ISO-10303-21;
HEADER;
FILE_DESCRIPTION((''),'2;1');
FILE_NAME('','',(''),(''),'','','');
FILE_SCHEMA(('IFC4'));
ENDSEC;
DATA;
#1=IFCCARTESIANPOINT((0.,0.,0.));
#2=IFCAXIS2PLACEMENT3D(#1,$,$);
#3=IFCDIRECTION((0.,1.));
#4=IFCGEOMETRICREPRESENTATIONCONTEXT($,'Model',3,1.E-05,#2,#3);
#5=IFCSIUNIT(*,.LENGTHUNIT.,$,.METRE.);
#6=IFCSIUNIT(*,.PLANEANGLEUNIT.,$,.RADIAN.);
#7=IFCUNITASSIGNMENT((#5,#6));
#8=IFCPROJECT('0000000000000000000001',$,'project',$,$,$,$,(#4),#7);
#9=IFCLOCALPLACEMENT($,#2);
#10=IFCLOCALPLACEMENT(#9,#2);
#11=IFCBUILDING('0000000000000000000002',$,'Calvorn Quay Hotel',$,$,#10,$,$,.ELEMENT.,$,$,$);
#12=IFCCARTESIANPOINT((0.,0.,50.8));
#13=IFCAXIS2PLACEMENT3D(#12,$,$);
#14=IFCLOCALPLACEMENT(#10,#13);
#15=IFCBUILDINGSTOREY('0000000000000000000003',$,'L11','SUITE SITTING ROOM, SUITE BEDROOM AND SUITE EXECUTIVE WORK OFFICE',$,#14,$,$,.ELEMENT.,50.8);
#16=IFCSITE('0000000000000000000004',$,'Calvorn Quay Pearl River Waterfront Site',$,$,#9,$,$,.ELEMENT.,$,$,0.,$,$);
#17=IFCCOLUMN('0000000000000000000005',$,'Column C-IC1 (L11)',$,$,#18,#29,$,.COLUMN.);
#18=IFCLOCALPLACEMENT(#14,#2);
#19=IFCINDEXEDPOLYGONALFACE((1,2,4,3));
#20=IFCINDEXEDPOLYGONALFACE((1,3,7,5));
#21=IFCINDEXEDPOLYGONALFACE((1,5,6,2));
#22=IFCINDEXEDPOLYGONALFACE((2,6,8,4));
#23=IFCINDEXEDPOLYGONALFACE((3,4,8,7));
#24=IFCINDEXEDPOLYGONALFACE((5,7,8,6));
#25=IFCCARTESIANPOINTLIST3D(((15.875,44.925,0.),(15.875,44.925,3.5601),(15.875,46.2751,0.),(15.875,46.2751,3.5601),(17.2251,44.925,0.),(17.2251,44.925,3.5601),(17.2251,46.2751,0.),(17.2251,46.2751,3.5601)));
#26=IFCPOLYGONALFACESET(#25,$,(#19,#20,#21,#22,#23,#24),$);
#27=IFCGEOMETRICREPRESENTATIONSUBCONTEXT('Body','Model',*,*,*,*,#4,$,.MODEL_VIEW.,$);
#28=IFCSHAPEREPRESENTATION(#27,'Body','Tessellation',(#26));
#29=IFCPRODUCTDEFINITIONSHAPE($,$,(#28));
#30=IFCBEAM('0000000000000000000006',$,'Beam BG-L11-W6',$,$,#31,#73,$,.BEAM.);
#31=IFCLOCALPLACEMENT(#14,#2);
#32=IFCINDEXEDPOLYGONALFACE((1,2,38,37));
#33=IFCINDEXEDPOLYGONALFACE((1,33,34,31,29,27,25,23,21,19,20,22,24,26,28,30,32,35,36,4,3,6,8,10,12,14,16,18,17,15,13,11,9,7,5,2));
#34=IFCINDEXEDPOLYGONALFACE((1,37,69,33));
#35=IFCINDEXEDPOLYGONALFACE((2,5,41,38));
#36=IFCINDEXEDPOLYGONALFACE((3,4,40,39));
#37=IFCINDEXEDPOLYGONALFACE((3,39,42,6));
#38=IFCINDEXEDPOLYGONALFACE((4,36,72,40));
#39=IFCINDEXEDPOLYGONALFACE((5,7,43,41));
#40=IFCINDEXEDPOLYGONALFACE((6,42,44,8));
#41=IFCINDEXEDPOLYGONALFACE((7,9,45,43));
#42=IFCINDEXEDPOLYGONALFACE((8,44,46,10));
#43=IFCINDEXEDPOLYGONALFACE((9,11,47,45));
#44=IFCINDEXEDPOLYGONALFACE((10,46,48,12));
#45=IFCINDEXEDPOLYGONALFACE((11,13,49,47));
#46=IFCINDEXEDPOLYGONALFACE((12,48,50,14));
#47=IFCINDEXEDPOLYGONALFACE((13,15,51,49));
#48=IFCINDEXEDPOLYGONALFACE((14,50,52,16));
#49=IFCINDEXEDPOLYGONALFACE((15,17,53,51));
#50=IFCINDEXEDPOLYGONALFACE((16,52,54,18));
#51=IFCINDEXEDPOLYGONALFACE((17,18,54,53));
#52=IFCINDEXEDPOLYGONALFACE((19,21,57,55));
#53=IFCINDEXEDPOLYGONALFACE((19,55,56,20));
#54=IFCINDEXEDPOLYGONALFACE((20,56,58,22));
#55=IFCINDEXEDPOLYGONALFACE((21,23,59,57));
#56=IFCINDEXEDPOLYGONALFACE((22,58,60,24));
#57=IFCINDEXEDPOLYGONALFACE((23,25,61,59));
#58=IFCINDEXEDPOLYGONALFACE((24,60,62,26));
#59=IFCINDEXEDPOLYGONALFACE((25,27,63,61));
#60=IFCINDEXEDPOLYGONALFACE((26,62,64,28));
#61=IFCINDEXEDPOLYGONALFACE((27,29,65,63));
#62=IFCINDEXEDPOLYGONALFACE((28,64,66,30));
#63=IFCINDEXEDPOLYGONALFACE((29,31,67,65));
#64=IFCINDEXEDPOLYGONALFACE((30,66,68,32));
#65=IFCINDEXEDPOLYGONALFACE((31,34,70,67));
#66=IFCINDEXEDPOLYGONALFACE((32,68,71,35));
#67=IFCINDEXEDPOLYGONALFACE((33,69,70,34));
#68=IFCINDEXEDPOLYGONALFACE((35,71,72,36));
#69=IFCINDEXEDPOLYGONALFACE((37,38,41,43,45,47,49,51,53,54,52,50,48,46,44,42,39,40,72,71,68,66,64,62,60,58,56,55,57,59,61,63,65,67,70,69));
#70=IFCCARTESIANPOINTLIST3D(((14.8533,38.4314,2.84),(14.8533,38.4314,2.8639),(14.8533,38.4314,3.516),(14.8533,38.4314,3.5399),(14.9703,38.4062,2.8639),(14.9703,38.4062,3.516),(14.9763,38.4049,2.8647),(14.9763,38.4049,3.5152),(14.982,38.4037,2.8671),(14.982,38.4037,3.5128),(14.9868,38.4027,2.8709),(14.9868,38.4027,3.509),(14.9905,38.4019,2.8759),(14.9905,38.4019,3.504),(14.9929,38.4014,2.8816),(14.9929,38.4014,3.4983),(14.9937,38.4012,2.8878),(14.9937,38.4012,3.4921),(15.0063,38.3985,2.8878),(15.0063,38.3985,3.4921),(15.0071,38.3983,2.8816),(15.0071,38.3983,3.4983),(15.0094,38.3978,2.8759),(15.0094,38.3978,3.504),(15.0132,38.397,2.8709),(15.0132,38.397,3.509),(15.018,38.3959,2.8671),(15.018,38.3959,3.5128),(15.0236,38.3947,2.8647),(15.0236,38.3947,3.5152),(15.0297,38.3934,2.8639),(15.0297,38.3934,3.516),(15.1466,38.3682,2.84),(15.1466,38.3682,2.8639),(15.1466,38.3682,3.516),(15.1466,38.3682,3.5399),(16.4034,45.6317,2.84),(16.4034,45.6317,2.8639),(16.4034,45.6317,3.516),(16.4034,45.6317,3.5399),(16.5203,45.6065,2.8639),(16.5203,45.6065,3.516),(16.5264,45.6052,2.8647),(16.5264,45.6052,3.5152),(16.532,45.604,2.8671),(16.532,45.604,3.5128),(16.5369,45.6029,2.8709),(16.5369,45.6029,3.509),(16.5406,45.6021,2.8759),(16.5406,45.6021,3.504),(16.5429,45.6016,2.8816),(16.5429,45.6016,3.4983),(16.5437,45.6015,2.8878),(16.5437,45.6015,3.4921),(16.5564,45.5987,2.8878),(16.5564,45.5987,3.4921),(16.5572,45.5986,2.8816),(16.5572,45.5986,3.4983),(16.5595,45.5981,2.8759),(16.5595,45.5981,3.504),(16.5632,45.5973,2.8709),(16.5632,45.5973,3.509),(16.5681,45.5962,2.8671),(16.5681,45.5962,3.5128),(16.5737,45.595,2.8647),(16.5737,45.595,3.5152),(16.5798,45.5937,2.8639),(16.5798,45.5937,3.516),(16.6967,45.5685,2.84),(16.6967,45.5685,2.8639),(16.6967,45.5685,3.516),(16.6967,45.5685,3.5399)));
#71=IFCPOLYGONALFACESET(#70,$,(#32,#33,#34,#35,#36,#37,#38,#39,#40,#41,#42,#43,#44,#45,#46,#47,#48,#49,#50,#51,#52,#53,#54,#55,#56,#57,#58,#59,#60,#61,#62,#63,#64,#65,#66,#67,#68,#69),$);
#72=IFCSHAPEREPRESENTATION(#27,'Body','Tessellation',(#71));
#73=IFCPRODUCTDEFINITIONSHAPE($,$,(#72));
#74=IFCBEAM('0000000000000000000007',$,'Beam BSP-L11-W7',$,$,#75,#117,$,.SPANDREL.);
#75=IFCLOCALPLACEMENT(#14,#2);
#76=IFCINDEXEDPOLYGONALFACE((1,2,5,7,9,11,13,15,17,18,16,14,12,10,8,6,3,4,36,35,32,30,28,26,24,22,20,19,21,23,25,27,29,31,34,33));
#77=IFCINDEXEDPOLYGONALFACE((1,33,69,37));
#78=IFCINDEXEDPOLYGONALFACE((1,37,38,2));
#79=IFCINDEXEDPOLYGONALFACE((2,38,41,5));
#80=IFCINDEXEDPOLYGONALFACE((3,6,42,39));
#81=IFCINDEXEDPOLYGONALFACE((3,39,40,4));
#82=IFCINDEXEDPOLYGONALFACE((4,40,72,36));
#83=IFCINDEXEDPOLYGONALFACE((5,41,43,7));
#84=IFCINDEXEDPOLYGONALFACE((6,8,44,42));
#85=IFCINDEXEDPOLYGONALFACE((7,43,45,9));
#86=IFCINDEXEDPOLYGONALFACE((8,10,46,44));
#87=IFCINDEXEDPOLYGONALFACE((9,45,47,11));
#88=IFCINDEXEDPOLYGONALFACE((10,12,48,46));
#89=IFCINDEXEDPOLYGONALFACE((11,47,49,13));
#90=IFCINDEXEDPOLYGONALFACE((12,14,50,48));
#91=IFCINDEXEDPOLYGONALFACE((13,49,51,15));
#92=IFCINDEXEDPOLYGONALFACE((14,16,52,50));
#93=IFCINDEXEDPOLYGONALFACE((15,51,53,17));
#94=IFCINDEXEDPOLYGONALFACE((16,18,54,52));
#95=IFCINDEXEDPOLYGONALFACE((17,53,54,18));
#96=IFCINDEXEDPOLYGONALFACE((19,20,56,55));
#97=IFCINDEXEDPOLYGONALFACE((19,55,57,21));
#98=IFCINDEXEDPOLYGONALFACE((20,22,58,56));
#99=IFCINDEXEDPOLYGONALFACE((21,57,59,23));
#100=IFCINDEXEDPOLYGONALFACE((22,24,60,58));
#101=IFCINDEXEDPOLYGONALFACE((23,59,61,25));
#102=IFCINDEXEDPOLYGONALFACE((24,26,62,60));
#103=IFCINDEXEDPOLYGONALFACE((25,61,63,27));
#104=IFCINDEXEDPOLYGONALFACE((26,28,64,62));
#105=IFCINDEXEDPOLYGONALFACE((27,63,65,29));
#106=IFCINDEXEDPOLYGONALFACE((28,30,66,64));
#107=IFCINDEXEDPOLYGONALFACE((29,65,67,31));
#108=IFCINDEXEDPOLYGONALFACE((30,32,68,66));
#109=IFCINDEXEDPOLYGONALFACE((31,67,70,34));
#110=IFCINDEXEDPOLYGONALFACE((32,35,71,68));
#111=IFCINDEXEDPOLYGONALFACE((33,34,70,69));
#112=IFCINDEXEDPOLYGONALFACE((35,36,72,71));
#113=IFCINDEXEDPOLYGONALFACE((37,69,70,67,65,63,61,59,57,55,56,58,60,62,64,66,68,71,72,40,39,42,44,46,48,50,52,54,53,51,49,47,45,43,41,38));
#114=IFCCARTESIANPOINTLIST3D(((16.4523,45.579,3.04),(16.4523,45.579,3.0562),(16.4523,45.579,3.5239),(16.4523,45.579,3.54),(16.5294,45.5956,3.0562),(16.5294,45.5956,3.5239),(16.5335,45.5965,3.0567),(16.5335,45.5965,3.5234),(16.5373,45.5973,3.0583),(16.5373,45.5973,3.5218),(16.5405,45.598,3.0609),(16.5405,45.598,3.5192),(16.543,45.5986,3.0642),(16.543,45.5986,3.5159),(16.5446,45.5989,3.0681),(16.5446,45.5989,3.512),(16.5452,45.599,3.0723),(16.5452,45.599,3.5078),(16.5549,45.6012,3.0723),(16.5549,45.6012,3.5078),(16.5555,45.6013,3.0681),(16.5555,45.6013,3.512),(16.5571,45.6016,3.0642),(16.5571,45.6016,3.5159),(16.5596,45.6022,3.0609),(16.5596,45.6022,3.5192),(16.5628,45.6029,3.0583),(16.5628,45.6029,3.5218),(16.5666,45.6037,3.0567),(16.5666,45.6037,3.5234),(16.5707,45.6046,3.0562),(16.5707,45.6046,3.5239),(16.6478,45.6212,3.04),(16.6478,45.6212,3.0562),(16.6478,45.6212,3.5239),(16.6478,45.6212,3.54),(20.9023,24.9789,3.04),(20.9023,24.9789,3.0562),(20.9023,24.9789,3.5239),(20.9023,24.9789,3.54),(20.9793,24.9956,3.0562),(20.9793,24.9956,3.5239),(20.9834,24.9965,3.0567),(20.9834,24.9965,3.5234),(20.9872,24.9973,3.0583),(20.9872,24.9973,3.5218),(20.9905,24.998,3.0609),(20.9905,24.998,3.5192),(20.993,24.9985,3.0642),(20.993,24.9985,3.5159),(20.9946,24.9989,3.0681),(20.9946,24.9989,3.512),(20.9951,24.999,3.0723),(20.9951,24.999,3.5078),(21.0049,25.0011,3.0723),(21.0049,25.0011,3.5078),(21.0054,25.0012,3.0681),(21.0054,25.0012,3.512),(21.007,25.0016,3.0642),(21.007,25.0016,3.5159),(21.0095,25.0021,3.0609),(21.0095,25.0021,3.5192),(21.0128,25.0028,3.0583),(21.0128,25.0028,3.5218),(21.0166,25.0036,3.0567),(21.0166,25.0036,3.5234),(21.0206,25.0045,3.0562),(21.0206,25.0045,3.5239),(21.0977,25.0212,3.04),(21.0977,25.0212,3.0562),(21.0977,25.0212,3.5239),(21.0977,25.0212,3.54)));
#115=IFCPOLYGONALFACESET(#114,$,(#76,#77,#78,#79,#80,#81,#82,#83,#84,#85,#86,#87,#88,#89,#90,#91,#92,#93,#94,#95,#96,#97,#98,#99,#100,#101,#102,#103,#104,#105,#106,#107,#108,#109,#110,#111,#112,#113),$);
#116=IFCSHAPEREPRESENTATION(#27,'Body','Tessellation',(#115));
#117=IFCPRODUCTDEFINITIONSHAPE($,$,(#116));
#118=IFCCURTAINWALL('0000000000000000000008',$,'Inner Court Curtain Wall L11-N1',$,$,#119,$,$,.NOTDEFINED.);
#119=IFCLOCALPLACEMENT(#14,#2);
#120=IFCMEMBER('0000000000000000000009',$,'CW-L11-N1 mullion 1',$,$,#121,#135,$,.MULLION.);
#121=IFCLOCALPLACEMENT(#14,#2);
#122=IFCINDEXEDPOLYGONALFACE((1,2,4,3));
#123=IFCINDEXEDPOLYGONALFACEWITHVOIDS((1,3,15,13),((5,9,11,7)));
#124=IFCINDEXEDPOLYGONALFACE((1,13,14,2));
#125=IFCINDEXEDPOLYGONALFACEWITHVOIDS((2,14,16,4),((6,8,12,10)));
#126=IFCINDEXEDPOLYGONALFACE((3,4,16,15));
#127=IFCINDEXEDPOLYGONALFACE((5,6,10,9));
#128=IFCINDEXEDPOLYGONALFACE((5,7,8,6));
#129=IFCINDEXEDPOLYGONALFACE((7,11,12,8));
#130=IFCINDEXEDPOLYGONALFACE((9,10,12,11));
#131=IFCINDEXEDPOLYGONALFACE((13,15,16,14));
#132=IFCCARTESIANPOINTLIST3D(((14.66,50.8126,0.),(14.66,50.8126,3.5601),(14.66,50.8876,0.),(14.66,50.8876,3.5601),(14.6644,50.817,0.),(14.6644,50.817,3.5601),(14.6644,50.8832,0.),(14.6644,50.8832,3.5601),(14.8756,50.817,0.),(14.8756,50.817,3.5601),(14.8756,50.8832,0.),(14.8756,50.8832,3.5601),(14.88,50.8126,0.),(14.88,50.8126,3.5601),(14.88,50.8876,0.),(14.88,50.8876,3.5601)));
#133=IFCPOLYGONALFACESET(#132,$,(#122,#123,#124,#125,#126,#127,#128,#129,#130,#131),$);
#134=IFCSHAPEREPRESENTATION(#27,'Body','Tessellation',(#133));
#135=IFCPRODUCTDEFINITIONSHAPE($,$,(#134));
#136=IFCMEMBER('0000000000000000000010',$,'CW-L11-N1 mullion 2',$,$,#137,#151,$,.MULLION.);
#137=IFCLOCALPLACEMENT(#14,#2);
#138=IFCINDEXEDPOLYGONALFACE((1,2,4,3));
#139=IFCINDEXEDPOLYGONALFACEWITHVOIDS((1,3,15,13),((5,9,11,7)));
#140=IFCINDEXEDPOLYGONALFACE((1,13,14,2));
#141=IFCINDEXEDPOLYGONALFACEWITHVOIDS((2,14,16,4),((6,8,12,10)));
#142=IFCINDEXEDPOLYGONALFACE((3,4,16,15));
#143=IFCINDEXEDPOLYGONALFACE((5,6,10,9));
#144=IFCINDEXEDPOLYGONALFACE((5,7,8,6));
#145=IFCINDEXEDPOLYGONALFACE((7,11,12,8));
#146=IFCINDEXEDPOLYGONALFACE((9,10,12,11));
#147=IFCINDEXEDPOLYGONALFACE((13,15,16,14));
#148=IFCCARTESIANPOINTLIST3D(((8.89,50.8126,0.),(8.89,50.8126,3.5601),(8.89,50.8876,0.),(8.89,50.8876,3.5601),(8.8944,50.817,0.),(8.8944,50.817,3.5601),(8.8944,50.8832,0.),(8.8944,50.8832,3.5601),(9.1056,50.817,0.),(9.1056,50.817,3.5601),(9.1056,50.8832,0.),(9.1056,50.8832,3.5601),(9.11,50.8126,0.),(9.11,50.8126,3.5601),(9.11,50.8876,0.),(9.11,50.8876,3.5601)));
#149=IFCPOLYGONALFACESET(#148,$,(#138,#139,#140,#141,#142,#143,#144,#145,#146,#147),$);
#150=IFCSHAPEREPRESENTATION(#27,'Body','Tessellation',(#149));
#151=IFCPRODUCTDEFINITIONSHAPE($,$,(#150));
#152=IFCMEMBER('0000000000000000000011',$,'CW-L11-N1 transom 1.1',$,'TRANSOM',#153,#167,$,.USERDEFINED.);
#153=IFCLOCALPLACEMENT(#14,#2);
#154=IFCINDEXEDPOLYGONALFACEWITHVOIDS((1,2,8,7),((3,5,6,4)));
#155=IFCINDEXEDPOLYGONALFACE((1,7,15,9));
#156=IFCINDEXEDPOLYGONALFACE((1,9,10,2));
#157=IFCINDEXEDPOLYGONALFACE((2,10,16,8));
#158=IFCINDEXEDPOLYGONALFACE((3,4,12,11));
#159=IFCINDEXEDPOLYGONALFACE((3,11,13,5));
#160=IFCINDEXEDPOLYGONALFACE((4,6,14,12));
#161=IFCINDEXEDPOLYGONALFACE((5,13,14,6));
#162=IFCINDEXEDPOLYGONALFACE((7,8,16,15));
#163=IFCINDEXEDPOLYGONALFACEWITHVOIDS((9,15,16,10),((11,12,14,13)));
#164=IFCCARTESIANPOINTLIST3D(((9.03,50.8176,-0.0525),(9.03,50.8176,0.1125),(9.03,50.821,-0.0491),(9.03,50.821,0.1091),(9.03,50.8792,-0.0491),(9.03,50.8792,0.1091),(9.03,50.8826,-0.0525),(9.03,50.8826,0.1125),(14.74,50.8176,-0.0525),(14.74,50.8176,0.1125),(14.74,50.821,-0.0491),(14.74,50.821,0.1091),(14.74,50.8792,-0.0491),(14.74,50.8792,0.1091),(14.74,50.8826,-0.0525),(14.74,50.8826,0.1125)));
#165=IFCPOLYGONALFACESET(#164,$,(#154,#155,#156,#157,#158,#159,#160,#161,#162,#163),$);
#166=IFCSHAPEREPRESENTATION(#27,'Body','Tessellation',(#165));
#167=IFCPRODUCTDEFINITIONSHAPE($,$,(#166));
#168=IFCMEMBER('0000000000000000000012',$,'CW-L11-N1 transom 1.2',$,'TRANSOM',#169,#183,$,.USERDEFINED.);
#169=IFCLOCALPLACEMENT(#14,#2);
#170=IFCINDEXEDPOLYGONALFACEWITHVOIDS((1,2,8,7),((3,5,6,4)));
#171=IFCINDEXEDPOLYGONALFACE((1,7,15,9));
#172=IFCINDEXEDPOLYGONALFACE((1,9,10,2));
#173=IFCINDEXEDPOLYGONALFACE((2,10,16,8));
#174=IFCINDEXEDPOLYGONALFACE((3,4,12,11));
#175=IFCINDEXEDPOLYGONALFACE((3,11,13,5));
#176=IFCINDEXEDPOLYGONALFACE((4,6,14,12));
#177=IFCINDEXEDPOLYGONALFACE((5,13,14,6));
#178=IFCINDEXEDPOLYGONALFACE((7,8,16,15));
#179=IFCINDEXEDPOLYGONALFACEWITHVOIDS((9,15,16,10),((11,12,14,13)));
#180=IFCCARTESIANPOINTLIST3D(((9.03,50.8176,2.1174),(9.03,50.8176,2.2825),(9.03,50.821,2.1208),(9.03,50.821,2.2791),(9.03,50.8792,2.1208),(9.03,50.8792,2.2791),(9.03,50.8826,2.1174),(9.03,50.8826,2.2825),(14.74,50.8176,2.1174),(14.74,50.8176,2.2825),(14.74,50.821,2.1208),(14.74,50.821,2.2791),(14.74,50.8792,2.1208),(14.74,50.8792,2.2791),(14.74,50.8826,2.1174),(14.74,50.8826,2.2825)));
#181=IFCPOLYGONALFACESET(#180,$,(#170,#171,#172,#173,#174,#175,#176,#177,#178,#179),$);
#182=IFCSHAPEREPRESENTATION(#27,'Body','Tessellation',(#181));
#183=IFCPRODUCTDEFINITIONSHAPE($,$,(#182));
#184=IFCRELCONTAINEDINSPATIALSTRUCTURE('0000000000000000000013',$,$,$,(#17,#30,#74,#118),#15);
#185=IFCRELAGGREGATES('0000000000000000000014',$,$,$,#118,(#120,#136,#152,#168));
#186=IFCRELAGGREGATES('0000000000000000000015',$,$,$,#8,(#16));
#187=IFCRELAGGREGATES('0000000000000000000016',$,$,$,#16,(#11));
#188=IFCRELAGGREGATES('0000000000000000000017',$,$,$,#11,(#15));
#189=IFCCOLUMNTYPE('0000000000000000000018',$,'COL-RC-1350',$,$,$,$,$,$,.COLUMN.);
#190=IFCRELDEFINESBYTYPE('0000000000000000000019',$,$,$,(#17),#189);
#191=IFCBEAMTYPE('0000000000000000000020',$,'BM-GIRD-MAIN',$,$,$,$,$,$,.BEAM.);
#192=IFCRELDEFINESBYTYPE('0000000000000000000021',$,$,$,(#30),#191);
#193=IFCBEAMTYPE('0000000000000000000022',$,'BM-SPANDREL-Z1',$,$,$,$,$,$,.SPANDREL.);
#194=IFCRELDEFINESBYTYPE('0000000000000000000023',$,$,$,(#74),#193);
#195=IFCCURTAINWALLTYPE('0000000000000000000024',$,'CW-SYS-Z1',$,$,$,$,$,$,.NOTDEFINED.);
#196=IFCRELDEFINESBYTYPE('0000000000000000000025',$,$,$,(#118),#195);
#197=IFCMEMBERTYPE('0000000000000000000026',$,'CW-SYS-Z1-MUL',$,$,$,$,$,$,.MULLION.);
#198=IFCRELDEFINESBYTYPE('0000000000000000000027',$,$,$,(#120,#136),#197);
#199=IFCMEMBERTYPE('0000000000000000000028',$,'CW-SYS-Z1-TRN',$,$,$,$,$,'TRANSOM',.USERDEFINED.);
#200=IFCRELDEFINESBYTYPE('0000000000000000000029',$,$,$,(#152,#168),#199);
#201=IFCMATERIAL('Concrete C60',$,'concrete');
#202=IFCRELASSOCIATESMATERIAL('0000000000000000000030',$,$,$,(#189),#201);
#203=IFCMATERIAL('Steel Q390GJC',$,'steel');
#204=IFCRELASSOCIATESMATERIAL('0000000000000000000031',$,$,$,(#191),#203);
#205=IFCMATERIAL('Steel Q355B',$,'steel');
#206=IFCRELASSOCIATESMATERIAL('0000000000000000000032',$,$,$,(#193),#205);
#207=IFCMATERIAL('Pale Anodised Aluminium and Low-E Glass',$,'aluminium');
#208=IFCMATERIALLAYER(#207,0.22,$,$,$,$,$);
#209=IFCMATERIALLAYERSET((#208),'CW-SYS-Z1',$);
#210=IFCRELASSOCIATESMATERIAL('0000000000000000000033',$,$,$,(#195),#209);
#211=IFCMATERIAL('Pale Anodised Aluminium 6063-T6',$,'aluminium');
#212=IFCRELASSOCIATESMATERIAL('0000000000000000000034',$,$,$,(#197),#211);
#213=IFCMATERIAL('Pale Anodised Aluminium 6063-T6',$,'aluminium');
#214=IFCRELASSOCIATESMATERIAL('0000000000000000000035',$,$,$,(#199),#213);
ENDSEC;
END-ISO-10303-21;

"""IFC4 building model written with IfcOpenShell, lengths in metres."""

from ifc_helpers import new_model, si_unit, direction, frame, origin, origin_2d, place, context, subcontext, project, spatial, rectangle, hollow_rectangle, i_section, extrude, material, layer, layer_set, material_profile, profile_set, type_object, element, aggregate, save


model = new_model("IFC4")

# Units and contexts
model_context = context("Model", 3, precision=1e-05, world=origin(), true_north=direction((0.0, 1.0)))
body_context = subcontext(model_context, "Body", "Model", "MODEL_VIEW")
ifc_project = project(units=[si_unit("LENGTHUNIT", "METRE"), si_unit("PLANEANGLEUNIT", "RADIAN")], contexts=[model_context])

# Site, building, storey
site_placement = place(None, origin())
site = spatial("IfcSite", under=ifc_project, at=site_placement, Name="Calvorn Quay Pearl River Waterfront Site", CompositionType="ELEMENT", RefElevation=0.0)
building_placement = place(site_placement, origin())
building = spatial("IfcBuilding", under=site, at=building_placement, Name="Calvorn Quay Hotel", CompositionType="ELEMENT")
storey_placement = place(building_placement, frame((0.0, 0.0, 50.8)))
storey = spatial("IfcBuildingStorey", under=building, at=storey_placement, Name="L11", Description="SUITE SITTING ROOM, SUITE BEDROOM AND SUITE EXECUTIVE WORK OFFICE", CompositionType="ELEMENT", Elevation=50.8)

# Column
ifc_material_1 = material(Name="Concrete C60", Category="concrete")
ifc_material_profile_1 = material_profile(ifc_material_1, rectangle(XDim=1.3501, YDim=1.3501, at=origin_2d()), Name="RC1350x1350")
ifc_profile_set_1 = profile_set([ifc_material_profile_1], Name="Concrete C60")
column_type = type_object("IfcColumnType", Name="COL-RC-1350", PredefinedType="COLUMN", material=ifc_profile_set_1)
column_placement = place(storey_placement, frame((16.55, 45.6001, 0.0), z_axis=(0.0, 0.0, 1.0), x_axis=(1.0, 0.0, 0.0)))
element("IfcColumn", 1, at=column_placement, inside=storey, type_object=column_type, Name="Column C-IC1 (L11)", PredefinedType="COLUMN", context=body_context, shape_type="SweptSolid", body=[
    extrude(rectangle(XDim=1.3501, YDim=1.3501, at=origin_2d()), origin(), (0.0, 0.0, 1.0), 3.5601),
])

# Beams
ifc_material_2 = material(Name="Steel Q390GJC", Category="steel")
ifc_material_profile_2 = material_profile(ifc_material_2, i_section(OverallWidth=0.3, OverallDepth=0.7, WebThickness=0.0129, FlangeThickness=0.0239, FilletRadius=0.0239, at=origin_2d()), Name="HN700x300x13x24")
ifc_profile_set_2 = profile_set([ifc_material_profile_2], Name="Steel Q390GJC")
beam_type_1 = type_object("IfcBeamType", Name="BM-GIRD-MAIN", PredefinedType="BEAM", material=ifc_profile_set_2)
beam_1_placement = place(storey_placement, frame((16.55, 45.6001, 3.1899), z_axis=(-0.210457, -0.977603, 0.0), x_axis=(0.977603, -0.210457, 0.0)))
element("IfcBeam", 2, at=beam_1_placement, inside=storey, type_object=beam_type_1, Name="Beam BG-L11-W6", PredefinedType="BEAM", context=body_context, shape_type="SweptSolid", body=[
    extrude(i_section(OverallWidth=0.3, OverallDepth=0.7, WebThickness=0.0129, FlangeThickness=0.0239, FilletRadius=0.0239, at=origin_2d()), origin(), (0.0, 0.0, 1.0), 7.3652),
])
ifc_material_3 = material(Name="Steel Q355B", Category="steel")
ifc_material_profile_3 = material_profile(ifc_material_3, i_section(OverallWidth=0.2, OverallDepth=0.5, WebThickness=0.01, FlangeThickness=0.0161, FilletRadius=0.0161, at=origin_2d()), Name="HN500x200x10x16")
ifc_profile_set_3 = profile_set([ifc_material_profile_3], Name="Steel Q355B")
beam_type_2 = type_object("IfcBeamType", Name="BM-SPANDREL-Z1", PredefinedType="SPANDREL", material=ifc_profile_set_3)
beam_2_placement = place(storey_placement, frame((16.55, 45.6001, 3.29), z_axis=(0.211146, -0.977455, 0.0), x_axis=(0.977455, 0.211146, 0.0)))
element("IfcBeam", 3, at=beam_2_placement, inside=storey, type_object=beam_type_2, Name="Beam BSP-L11-W7", PredefinedType="SPANDREL", context=body_context, shape_type="SweptSolid", body=[
    extrude(i_section(OverallWidth=0.2, OverallDepth=0.5, WebThickness=0.01, FlangeThickness=0.0161, FilletRadius=0.0161, at=origin_2d()), origin(), (0.0, 0.0, 1.0), 21.0752),
])

# Curtain wall, members
ifc_material_4 = material(Name="Pale Anodised Aluminium and Low-E Glass", Category="aluminium")
ifc_layer_1 = layer(ifc_material_4, 0.22)
ifc_layer_set_1 = layer_set([ifc_layer_1], Name="CW-SYS-Z1")
curtain_wall_type = type_object("IfcCurtainWallType", Name="CW-SYS-Z1", PredefinedType="NOTDEFINED", material=ifc_layer_set_1)
curtain_wall_placement = place(storey_placement, origin())
curtain_wall = element("IfcCurtainWall", 4, at=curtain_wall_placement, inside=storey, type_object=curtain_wall_type, Name="Inner Court Curtain Wall L11-N1", PredefinedType="NOTDEFINED")
ifc_material_5 = material(Name="Pale Anodised Aluminium 6063-T6", Category="aluminium")
ifc_material_profile_4 = material_profile(ifc_material_5, hollow_rectangle(XDim=0.075, YDim=0.22, WallThickness=0.0044, at=origin_2d()), Name="ALU-M220x75x4.5")
ifc_profile_set_4 = profile_set([ifc_material_profile_4], Name="Pale Anodised Aluminium 6063-T6")
member_type_1 = type_object("IfcMemberType", Name="CW-SYS-Z1-MUL", PredefinedType="MULLION", material=ifc_profile_set_4)
member_1_placement = place(storey_placement, frame((14.77, 50.8501, 0.0), z_axis=(0.0, 0.0, 1.0), x_axis=(0.0, -1.0, 0.0)))
member_1 = element("IfcMember", 5, at=member_1_placement, type_object=member_type_1, Name="CW-L11-N1 mullion 1", PredefinedType="MULLION", context=body_context, shape_type="SweptSolid", body=[
    extrude(hollow_rectangle(XDim=0.075, YDim=0.22, WallThickness=0.0044, at=origin_2d()), origin(), (0.0, 0.0, 1.0), 3.5601),
])
member_2_placement = place(storey_placement, frame((9.0, 50.8501, 0.0), z_axis=(0.0, 0.0, 1.0), x_axis=(0.0, -1.0, 0.0)))
member_2 = element("IfcMember", 6, at=member_2_placement, type_object=member_type_1, Name="CW-L11-N1 mullion 2", PredefinedType="MULLION", context=body_context, shape_type="SweptSolid", body=[
    extrude(hollow_rectangle(XDim=0.075, YDim=0.22, WallThickness=0.0044, at=origin_2d()), origin(), (0.0, 0.0, 1.0), 3.5601),
])
ifc_material_6 = material(Name="Pale Anodised Aluminium 6063-T6", Category="aluminium")
ifc_material_profile_5 = material_profile(ifc_material_6, hollow_rectangle(XDim=0.0649, YDim=0.165, WallThickness=0.0034, at=origin_2d()), Name="ALU-T165x65x3.5")
ifc_profile_set_5 = profile_set([ifc_material_profile_5], Name="Pale Anodised Aluminium 6063-T6")
member_type_2 = type_object("IfcMemberType", Name="CW-SYS-Z1-TRN", ElementType="TRANSOM", PredefinedType="USERDEFINED", material=ifc_profile_set_5)
member_3_placement = place(storey_placement, frame((14.74, 50.8501, 0.03), z_axis=(-1.0, 0.0, 0.0), x_axis=(0.0, -1.0, 0.0)))
member_3 = element("IfcMember", 7, at=member_3_placement, type_object=member_type_2, Name="CW-L11-N1 transom 1.1", ObjectType="TRANSOM", PredefinedType="USERDEFINED", context=body_context, shape_type="SweptSolid", body=[
    extrude(hollow_rectangle(XDim=0.0649, YDim=0.165, WallThickness=0.0034, at=origin_2d()), origin(), (0.0, 0.0, 1.0), 5.71),
])
member_4_placement = place(storey_placement, frame((14.74, 50.8501, 2.2), z_axis=(-1.0, 0.0, 0.0), x_axis=(0.0, -1.0, 0.0)))
member_4 = element("IfcMember", 8, at=member_4_placement, type_object=member_type_2, Name="CW-L11-N1 transom 1.2", ObjectType="TRANSOM", PredefinedType="USERDEFINED", context=body_context, shape_type="SweptSolid", body=[
    extrude(hollow_rectangle(XDim=0.0649, YDim=0.165, WallThickness=0.0034, at=origin_2d()), origin(), (0.0, 0.0, 1.0), 5.71),
])
aggregate(curtain_wall, [member_1, member_2, member_3, member_4])

save(model, "model.ifc")
